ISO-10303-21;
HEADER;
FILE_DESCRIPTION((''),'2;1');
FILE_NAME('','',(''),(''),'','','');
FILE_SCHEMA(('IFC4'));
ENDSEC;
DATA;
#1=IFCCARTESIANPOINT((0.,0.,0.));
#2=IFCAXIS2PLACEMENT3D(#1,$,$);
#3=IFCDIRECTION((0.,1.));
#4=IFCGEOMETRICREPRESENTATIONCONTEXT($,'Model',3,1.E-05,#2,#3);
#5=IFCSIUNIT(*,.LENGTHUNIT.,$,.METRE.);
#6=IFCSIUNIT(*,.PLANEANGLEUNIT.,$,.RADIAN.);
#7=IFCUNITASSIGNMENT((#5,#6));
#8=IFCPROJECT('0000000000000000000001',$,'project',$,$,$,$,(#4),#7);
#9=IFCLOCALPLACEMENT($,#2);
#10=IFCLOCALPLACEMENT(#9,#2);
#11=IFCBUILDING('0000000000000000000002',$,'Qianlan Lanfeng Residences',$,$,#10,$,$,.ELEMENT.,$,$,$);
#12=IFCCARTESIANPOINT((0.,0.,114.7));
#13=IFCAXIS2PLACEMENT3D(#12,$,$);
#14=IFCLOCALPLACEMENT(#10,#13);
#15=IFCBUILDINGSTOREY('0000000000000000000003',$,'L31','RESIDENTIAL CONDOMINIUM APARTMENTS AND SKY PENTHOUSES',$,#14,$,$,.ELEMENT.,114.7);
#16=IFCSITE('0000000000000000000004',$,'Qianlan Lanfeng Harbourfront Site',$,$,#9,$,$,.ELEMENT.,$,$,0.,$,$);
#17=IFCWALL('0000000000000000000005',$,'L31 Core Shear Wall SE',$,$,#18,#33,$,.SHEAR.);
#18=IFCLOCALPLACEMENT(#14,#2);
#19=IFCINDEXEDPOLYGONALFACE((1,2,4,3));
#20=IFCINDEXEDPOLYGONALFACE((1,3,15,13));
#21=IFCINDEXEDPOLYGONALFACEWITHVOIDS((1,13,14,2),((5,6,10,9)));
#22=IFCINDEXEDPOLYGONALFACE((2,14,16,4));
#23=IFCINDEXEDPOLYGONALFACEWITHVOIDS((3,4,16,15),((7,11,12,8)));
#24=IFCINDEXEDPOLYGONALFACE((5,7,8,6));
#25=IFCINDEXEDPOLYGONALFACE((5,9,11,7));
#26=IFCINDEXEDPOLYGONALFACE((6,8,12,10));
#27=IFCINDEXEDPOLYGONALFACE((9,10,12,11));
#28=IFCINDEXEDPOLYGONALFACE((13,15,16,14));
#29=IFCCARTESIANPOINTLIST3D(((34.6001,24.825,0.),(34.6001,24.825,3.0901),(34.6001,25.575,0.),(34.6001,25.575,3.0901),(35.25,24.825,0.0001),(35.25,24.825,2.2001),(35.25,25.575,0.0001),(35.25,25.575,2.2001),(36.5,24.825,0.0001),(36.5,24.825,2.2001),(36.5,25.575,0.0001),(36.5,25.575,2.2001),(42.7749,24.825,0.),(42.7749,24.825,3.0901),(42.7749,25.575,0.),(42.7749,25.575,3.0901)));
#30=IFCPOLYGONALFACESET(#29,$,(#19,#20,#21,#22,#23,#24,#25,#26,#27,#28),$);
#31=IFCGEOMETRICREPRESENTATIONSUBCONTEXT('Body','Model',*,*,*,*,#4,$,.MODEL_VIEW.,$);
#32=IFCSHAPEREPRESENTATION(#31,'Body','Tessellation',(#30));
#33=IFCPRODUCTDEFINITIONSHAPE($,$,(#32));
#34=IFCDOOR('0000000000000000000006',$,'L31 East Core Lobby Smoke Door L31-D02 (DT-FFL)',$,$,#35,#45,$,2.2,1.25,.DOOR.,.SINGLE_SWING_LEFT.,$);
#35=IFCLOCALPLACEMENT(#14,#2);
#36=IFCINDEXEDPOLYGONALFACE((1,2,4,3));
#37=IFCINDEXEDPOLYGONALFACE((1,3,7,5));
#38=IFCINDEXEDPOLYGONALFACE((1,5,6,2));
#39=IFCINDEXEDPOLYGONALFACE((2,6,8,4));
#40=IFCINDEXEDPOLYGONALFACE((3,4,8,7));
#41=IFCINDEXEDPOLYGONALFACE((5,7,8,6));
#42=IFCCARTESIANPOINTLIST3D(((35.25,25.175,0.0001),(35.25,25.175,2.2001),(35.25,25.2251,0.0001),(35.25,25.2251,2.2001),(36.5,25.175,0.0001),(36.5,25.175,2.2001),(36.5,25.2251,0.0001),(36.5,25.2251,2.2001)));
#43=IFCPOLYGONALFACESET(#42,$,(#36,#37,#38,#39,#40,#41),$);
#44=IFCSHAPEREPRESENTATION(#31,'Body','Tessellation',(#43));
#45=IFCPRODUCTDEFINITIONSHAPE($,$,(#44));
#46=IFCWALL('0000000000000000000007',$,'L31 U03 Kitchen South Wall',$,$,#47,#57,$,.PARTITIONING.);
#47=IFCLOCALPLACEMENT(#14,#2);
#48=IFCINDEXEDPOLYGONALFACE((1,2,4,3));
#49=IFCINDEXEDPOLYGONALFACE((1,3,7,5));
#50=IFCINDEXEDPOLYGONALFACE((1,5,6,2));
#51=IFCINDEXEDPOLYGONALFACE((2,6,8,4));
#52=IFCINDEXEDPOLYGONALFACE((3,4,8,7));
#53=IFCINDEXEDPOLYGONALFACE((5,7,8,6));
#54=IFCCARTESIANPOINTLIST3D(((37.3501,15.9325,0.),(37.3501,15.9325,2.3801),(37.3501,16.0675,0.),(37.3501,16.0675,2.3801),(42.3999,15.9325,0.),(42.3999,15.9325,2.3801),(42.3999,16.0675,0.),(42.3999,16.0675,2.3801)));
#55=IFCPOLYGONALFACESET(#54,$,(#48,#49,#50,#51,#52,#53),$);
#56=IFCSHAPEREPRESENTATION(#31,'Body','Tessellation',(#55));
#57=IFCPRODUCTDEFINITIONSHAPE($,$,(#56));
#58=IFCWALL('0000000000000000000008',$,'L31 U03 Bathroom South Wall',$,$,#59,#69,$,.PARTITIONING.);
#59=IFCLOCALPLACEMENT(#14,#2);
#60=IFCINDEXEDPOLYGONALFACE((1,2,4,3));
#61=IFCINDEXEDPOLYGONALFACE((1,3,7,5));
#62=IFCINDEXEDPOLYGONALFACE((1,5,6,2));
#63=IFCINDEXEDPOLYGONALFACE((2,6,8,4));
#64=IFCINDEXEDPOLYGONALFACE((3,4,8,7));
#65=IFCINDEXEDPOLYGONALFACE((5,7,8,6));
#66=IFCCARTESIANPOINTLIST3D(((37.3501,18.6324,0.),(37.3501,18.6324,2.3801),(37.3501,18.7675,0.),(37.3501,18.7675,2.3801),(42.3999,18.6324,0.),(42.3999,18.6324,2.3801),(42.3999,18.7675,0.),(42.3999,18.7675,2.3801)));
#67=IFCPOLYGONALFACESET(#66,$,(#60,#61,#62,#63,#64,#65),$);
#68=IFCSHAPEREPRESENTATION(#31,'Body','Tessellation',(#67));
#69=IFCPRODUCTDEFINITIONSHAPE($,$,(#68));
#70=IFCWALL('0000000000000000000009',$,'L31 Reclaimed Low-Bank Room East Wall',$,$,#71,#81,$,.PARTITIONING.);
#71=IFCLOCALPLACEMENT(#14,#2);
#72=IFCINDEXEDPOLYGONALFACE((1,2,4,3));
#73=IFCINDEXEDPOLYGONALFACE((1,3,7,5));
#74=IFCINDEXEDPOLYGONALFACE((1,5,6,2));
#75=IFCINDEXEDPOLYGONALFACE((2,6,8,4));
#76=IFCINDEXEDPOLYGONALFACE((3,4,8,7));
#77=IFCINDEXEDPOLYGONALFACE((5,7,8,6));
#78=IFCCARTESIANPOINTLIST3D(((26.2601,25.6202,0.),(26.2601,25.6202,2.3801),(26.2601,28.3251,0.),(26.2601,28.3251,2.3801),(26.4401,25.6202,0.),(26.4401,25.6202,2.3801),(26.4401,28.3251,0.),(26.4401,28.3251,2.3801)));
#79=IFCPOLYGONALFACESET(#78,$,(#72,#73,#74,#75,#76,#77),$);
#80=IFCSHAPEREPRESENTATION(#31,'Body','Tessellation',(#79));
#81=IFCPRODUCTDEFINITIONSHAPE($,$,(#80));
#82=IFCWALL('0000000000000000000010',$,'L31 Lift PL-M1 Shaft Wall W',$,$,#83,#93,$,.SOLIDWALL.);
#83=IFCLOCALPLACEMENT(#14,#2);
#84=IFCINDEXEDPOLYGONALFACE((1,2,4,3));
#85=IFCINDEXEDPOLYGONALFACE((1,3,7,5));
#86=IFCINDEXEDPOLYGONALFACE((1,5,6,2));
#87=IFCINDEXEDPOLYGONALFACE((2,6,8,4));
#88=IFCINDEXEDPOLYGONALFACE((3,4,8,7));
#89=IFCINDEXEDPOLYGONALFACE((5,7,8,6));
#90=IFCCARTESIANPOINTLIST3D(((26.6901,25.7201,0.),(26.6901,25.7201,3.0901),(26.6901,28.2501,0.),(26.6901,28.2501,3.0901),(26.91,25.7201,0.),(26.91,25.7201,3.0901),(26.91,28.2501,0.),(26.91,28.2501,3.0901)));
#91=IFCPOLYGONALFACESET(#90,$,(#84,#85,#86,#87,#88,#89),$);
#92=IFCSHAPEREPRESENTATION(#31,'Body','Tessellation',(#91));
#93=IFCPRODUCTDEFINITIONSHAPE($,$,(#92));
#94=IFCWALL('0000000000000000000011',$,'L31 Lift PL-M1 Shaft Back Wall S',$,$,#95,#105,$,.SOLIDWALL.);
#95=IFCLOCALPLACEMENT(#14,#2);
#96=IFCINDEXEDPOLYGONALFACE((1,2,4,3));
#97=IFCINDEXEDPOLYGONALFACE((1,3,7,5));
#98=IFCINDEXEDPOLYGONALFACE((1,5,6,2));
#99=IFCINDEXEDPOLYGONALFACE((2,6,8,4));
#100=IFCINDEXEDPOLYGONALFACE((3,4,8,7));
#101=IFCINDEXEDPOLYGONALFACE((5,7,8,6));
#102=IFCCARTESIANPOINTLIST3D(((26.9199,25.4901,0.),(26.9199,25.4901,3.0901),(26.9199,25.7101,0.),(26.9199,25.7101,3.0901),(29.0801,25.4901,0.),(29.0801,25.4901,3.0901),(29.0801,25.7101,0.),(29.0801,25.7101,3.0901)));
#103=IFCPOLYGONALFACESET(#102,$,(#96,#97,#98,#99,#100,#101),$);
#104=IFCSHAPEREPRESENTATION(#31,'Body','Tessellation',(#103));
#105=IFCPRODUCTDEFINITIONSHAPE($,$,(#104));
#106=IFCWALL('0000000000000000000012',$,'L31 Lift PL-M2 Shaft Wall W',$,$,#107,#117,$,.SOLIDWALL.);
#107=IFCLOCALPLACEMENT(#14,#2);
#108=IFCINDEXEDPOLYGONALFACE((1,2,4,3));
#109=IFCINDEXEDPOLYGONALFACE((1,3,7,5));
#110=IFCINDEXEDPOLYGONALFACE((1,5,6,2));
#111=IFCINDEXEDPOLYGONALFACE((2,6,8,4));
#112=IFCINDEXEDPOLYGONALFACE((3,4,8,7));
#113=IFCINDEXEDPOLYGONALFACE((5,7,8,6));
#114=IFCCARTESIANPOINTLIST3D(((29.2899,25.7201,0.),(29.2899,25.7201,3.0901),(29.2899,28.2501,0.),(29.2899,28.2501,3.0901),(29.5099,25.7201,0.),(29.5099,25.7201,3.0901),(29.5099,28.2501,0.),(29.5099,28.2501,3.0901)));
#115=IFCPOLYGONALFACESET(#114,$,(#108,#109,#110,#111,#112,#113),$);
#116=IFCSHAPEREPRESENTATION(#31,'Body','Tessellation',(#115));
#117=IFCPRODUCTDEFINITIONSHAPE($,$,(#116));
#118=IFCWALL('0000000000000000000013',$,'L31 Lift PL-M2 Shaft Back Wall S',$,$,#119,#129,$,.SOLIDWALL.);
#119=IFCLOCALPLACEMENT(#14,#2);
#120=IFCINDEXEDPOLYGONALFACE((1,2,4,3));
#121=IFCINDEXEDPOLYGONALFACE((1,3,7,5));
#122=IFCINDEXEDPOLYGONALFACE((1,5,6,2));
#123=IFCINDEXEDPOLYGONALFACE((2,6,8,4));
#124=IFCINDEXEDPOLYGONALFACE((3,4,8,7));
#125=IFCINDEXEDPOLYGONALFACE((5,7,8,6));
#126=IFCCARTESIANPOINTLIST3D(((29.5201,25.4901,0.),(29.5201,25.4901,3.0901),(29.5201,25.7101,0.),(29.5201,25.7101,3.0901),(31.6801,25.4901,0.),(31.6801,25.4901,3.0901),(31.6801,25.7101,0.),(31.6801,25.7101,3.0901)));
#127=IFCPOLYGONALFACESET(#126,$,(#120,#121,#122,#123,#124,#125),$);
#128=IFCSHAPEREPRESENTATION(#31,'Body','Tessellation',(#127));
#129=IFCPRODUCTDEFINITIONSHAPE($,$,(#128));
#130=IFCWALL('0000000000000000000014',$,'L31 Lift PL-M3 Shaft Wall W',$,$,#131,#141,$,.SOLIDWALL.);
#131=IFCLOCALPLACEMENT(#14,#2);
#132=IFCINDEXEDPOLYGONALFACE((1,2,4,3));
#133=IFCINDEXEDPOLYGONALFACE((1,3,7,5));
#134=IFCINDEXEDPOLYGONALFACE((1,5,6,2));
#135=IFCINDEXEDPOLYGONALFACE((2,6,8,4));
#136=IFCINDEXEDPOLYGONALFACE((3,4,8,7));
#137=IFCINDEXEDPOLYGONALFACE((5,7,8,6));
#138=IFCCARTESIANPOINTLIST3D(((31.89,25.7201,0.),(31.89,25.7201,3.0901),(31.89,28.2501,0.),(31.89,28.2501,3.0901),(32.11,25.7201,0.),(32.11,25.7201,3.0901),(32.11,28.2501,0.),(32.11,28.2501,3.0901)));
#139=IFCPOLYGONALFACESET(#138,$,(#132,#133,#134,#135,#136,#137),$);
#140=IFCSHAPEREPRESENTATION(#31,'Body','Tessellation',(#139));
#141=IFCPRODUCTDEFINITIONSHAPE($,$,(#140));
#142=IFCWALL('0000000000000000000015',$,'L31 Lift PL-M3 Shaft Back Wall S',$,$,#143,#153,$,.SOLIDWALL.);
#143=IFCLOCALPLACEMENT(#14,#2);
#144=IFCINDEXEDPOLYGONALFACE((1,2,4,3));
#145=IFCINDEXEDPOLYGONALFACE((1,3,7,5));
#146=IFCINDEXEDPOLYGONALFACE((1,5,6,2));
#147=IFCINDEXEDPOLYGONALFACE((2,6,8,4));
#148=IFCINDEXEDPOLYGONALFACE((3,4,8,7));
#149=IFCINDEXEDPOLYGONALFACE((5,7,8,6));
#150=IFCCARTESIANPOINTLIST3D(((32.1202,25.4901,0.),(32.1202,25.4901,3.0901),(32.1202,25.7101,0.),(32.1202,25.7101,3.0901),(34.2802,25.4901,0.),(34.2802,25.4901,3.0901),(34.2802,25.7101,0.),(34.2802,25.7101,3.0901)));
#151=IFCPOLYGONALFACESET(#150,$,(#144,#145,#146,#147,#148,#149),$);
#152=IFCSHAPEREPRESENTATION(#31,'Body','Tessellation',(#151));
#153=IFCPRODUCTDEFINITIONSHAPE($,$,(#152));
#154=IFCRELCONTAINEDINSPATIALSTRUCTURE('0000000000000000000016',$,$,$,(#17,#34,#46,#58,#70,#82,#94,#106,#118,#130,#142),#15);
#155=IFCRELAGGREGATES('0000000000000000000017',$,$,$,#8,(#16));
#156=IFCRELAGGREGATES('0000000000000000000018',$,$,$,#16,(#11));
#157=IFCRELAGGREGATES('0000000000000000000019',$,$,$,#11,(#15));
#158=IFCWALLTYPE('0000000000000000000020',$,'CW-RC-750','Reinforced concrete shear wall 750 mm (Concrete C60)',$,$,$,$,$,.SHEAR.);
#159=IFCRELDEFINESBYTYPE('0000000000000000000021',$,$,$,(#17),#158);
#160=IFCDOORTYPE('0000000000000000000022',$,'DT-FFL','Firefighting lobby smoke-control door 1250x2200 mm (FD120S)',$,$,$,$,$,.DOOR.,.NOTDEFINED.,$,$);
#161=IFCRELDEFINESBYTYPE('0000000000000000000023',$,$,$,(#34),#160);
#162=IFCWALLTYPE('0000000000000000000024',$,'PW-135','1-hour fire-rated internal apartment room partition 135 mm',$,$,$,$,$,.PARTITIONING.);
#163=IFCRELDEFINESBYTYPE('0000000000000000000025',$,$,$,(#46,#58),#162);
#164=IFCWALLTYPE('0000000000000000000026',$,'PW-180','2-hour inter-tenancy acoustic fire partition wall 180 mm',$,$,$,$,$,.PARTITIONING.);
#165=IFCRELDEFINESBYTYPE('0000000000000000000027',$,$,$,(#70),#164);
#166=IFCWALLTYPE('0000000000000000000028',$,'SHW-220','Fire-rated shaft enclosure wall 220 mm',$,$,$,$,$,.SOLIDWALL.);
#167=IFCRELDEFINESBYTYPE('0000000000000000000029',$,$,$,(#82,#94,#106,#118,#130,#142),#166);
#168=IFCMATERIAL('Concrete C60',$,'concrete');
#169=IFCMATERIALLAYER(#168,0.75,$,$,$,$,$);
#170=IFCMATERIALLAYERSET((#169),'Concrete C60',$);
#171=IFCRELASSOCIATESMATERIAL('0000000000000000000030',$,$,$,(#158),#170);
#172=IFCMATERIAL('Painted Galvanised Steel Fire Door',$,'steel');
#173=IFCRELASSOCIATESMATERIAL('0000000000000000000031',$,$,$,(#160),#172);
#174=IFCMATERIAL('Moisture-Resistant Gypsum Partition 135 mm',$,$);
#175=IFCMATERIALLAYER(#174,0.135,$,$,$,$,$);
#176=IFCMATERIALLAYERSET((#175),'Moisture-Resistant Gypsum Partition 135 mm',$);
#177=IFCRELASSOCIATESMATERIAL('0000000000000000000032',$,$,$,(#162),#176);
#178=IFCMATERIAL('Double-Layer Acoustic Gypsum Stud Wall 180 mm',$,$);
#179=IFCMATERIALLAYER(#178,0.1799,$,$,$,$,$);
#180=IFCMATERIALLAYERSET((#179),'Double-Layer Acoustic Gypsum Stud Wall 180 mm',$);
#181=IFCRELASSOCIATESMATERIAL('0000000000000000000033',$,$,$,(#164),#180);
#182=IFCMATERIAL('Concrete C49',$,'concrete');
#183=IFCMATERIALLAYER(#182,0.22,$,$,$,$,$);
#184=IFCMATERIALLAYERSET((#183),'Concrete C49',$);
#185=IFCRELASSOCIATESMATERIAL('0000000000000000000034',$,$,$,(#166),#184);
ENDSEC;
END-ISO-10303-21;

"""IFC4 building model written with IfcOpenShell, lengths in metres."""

from ifc_helpers import new_model, si_unit, direction, frame, frame_2d, origin, place, context, subcontext, project, spatial, rectangle, extrude, material, layer, layer_set, type_object, element, fill, save


model = new_model("IFC4")

# Units and contexts
model_context = context("Model", 3, precision=1e-05, world=origin(), true_north=direction((0.0, 1.0)))
body_context = subcontext(model_context, "Body", "Model", "MODEL_VIEW")
ifc_project = project(units=[si_unit("LENGTHUNIT", "METRE"), si_unit("PLANEANGLEUNIT", "RADIAN")], contexts=[model_context])

# Site, building, storey
site_placement = place(None, origin())
site = spatial("IfcSite", under=ifc_project, at=site_placement, Name="Qianlan Lanfeng Harbourfront Site", CompositionType="ELEMENT", RefElevation=0.0)
building_placement = place(site_placement, origin())
building = spatial("IfcBuilding", under=site, at=building_placement, Name="Qianlan Lanfeng Residences", CompositionType="ELEMENT")
storey_placement = place(building_placement, frame((0.0, 0.0, 114.7)))
storey = spatial("IfcBuildingStorey", under=building, at=storey_placement, Name="L31", Description="RESIDENTIAL CONDOMINIUM APARTMENTS AND SKY PENTHOUSES", CompositionType="ELEMENT", Elevation=114.7)

# Wall, opening, door
ifc_material_1 = material(Name="Concrete C60", Category="concrete")
ifc_layer_1 = layer(ifc_material_1, 0.75)
ifc_layer_set_1 = layer_set([ifc_layer_1], Name="Concrete C60")
wall_type_1 = type_object("IfcWallType", Name="CW-RC-750", Description="Reinforced concrete shear wall 750 mm (Concrete C60)", PredefinedType="SHEAR", material=ifc_layer_set_1)
wall_1_placement = place(storey_placement, frame((34.6001, 25.2, 0.0), z_axis=(0.0, 0.0, 1.0), x_axis=(1.0, 0.0, 0.0)))
wall_1 = element("IfcWall", 1, at=wall_1_placement, inside=storey, type_object=wall_type_1, Name="L31 Core Shear Wall SE", PredefinedType="SHEAR", context=body_context, shape_type="SweptSolid", body=[
    extrude(rectangle(XDim=8.1748, YDim=0.75, at=frame_2d((4.0874, 0.0))), origin(), (0.0, 0.0, 1.0), 3.0901),
])
opening_1_placement = place(wall_1_placement, frame((0.6499, 0.0, 0.0)))
opening_1 = element("IfcOpeningElement", 2, at=opening_1_placement, cuts=wall_1, PredefinedType="OPENING", context=body_context, shape_type="SweptSolid", body=[
    extrude(rectangle(XDim=1.25, YDim=2.2, at=frame_2d((0.625, 1.1001))), frame((0.0, 0.385, 0.0), z_axis=(0.0, -1.0, 0.0), x_axis=(1.0, 0.0, 0.0)), (0.0, 0.0, 1.0), 0.77),
])
ifc_material_2 = material(Name="Painted Galvanised Steel Fire Door", Category="steel")
door_type_1 = type_object("IfcDoorType", Name="DT-FFL", Description="Firefighting lobby smoke-control door 1250x2200 mm (FD120S)", OperationType="NOTDEFINED", PredefinedType="DOOR", material=ifc_material_2)
door_1_placement = place(opening_1_placement, frame((1.25, 0.0, 0.0), z_axis=(0.0, 0.0, 1.0), x_axis=(-1.0, 0.0, 0.0)))
door_1 = element("IfcDoor", 3, at=door_1_placement, inside=storey, type_object=door_type_1, Name="L31 East Core Lobby Smoke Door L31-D02 (DT-FFL)", OperationType="SINGLE_SWING_LEFT", OverallHeight=2.2, OverallWidth=1.25, PredefinedType="DOOR", context=body_context, shape_type="SweptSolid", body=[
    extrude(rectangle(XDim=1.25, YDim=2.2, at=frame_2d((0.625, 1.1001))), frame((0.0, 0.0249, 0.0), z_axis=(0.0, -1.0, 0.0), x_axis=(1.0, 0.0, 0.0)), (0.0, 0.0, 1.0), 0.05),
])
fill(opening_1, door_1)

# Walls
ifc_material_3 = material(Name="Moisture-Resistant Gypsum Partition 135 mm")
ifc_layer_2 = layer(ifc_material_3, 0.135)
ifc_layer_set_2 = layer_set([ifc_layer_2], Name="Moisture-Resistant Gypsum Partition 135 mm")
wall_type_2 = type_object("IfcWallType", Name="PW-135", Description="1-hour fire-rated internal apartment room partition 135 mm", PredefinedType="PARTITIONING", material=ifc_layer_set_2)
for number, where, z_axis, x_axis, name in (
    (4, (37.3501, 16.0, 0.0), (0.0, 0.0, 1.0), (1.0, 0.0, 0.0), "L31 U03 Kitchen South Wall"),
    (5, (37.3501, 18.7, 0.0), (0.0, 0.0, 1.0), (1.0, 0.0, 0.0), "L31 U03 Bathroom South Wall"),
):
    element("IfcWall", number, at=place(storey_placement, frame(where, z_axis=z_axis, x_axis=x_axis)), inside=storey, type_object=wall_type_2, Name=name, PredefinedType="PARTITIONING", context=body_context, shape_type="SweptSolid", body=[
        extrude(rectangle(XDim=5.0498, YDim=0.135, at=frame_2d((2.5249, 0.0))), origin(), (0.0, 0.0, 1.0), 2.3801),
    ])

# Shared definitions
ifc_material_4 = material(Name="Double-Layer Acoustic Gypsum Stud Wall 180 mm")
ifc_layer_3 = layer(ifc_material_4, 0.1799)
ifc_layer_set_3 = layer_set([ifc_layer_3], Name="Double-Layer Acoustic Gypsum Stud Wall 180 mm")
wall_type_3 = type_object("IfcWallType", Name="PW-180", Description="2-hour inter-tenancy acoustic fire partition wall 180 mm", PredefinedType="PARTITIONING", material=ifc_layer_set_3)

# Walls
wall_2_placement = place(storey_placement, frame((26.3501, 25.6201, 0.0), z_axis=(0.0, 0.0, 1.0), x_axis=(0.0, 1.0, 0.0)))
element("IfcWall", 6, at=wall_2_placement, inside=storey, type_object=wall_type_3, Name="L31 Reclaimed Low-Bank Room East Wall", PredefinedType="PARTITIONING", context=body_context, shape_type="SweptSolid", body=[
    extrude(rectangle(XDim=2.7048, YDim=0.1799, at=frame_2d((1.3525, 0.0))), origin(), (0.0, 0.0, 1.0), 2.3801),
])
ifc_material_5 = material(Name="Concrete C49", Category="concrete")
ifc_layer_4 = layer(ifc_material_5, 0.22)
ifc_layer_set_4 = layer_set([ifc_layer_4], Name="Concrete C49")
wall_type_4 = type_object("IfcWallType", Name="SHW-220", Description="Fire-rated shaft enclosure wall 220 mm", PredefinedType="SOLIDWALL", material=ifc_layer_set_4)
wall_3_placement = place(storey_placement, frame((26.8, 25.72, 0.0), z_axis=(0.0, 0.0, 1.0), x_axis=(0.0, 1.0, 0.0)))
element("IfcWall", 7, at=wall_3_placement, inside=storey, type_object=wall_type_4, Name="L31 Lift PL-M1 Shaft Wall W", PredefinedType="SOLIDWALL", context=body_context, shape_type="SweptSolid", body=[
    extrude(rectangle(XDim=2.53, YDim=0.22, at=frame_2d((1.2651, 0.0))), origin(), (0.0, 0.0, 1.0), 3.0901),
])
wall_4_placement = place(storey_placement, frame((26.9199, 25.6001, 0.0), z_axis=(0.0, 0.0, 1.0), x_axis=(1.0, 0.0, 0.0)))
element("IfcWall", 8, at=wall_4_placement, inside=storey, type_object=wall_type_4, Name="L31 Lift PL-M1 Shaft Back Wall S", PredefinedType="SOLIDWALL", context=body_context, shape_type="SweptSolid", body=[
    extrude(rectangle(XDim=2.1602, YDim=0.22, at=frame_2d((1.0801, 0.0))), origin(), (0.0, 0.0, 1.0), 3.0901),
])
wall_5_placement = place(storey_placement, frame((29.3999, 25.72, 0.0), z_axis=(0.0, 0.0, 1.0), x_axis=(0.0, 1.0, 0.0)))
element("IfcWall", 9, at=wall_5_placement, inside=storey, type_object=wall_type_4, Name="L31 Lift PL-M2 Shaft Wall W", PredefinedType="SOLIDWALL", context=body_context, shape_type="SweptSolid", body=[
    extrude(rectangle(XDim=2.53, YDim=0.22, at=frame_2d((1.2651, 0.0))), origin(), (0.0, 0.0, 1.0), 3.0901),
])
wall_6_placement = place(storey_placement, frame((29.52, 25.6001, 0.0), z_axis=(0.0, 0.0, 1.0), x_axis=(1.0, 0.0, 0.0)))
element("IfcWall", 10, at=wall_6_placement, inside=storey, type_object=wall_type_4, Name="L31 Lift PL-M2 Shaft Back Wall S", PredefinedType="SOLIDWALL", context=body_context, shape_type="SweptSolid", body=[
    extrude(rectangle(XDim=2.1599, YDim=0.22, at=frame_2d((1.0801, 0.0))), origin(), (0.0, 0.0, 1.0), 3.0901),
])
wall_7_placement = place(storey_placement, frame((32.0, 25.72, 0.0), z_axis=(0.0, 0.0, 1.0), x_axis=(0.0, 1.0, 0.0)))
element("IfcWall", 11, at=wall_7_placement, inside=storey, type_object=wall_type_4, Name="L31 Lift PL-M3 Shaft Wall W", PredefinedType="SOLIDWALL", context=body_context, shape_type="SweptSolid", body=[
    extrude(rectangle(XDim=2.53, YDim=0.22, at=frame_2d((1.2651, 0.0))), origin(), (0.0, 0.0, 1.0), 3.0901),
])
wall_8_placement = place(storey_placement, frame((32.1201, 25.6001, 0.0), z_axis=(0.0, 0.0, 1.0), x_axis=(1.0, 0.0, 0.0)))
element("IfcWall", 12, at=wall_8_placement, inside=storey, type_object=wall_type_4, Name="L31 Lift PL-M3 Shaft Back Wall S", PredefinedType="SOLIDWALL", context=body_context, shape_type="SweptSolid", body=[
    extrude(rectangle(XDim=2.1599, YDim=0.22, at=frame_2d((1.0801, 0.0))), origin(), (0.0, 0.0, 1.0), 3.0901),
])

save(model, "model.ifc")
